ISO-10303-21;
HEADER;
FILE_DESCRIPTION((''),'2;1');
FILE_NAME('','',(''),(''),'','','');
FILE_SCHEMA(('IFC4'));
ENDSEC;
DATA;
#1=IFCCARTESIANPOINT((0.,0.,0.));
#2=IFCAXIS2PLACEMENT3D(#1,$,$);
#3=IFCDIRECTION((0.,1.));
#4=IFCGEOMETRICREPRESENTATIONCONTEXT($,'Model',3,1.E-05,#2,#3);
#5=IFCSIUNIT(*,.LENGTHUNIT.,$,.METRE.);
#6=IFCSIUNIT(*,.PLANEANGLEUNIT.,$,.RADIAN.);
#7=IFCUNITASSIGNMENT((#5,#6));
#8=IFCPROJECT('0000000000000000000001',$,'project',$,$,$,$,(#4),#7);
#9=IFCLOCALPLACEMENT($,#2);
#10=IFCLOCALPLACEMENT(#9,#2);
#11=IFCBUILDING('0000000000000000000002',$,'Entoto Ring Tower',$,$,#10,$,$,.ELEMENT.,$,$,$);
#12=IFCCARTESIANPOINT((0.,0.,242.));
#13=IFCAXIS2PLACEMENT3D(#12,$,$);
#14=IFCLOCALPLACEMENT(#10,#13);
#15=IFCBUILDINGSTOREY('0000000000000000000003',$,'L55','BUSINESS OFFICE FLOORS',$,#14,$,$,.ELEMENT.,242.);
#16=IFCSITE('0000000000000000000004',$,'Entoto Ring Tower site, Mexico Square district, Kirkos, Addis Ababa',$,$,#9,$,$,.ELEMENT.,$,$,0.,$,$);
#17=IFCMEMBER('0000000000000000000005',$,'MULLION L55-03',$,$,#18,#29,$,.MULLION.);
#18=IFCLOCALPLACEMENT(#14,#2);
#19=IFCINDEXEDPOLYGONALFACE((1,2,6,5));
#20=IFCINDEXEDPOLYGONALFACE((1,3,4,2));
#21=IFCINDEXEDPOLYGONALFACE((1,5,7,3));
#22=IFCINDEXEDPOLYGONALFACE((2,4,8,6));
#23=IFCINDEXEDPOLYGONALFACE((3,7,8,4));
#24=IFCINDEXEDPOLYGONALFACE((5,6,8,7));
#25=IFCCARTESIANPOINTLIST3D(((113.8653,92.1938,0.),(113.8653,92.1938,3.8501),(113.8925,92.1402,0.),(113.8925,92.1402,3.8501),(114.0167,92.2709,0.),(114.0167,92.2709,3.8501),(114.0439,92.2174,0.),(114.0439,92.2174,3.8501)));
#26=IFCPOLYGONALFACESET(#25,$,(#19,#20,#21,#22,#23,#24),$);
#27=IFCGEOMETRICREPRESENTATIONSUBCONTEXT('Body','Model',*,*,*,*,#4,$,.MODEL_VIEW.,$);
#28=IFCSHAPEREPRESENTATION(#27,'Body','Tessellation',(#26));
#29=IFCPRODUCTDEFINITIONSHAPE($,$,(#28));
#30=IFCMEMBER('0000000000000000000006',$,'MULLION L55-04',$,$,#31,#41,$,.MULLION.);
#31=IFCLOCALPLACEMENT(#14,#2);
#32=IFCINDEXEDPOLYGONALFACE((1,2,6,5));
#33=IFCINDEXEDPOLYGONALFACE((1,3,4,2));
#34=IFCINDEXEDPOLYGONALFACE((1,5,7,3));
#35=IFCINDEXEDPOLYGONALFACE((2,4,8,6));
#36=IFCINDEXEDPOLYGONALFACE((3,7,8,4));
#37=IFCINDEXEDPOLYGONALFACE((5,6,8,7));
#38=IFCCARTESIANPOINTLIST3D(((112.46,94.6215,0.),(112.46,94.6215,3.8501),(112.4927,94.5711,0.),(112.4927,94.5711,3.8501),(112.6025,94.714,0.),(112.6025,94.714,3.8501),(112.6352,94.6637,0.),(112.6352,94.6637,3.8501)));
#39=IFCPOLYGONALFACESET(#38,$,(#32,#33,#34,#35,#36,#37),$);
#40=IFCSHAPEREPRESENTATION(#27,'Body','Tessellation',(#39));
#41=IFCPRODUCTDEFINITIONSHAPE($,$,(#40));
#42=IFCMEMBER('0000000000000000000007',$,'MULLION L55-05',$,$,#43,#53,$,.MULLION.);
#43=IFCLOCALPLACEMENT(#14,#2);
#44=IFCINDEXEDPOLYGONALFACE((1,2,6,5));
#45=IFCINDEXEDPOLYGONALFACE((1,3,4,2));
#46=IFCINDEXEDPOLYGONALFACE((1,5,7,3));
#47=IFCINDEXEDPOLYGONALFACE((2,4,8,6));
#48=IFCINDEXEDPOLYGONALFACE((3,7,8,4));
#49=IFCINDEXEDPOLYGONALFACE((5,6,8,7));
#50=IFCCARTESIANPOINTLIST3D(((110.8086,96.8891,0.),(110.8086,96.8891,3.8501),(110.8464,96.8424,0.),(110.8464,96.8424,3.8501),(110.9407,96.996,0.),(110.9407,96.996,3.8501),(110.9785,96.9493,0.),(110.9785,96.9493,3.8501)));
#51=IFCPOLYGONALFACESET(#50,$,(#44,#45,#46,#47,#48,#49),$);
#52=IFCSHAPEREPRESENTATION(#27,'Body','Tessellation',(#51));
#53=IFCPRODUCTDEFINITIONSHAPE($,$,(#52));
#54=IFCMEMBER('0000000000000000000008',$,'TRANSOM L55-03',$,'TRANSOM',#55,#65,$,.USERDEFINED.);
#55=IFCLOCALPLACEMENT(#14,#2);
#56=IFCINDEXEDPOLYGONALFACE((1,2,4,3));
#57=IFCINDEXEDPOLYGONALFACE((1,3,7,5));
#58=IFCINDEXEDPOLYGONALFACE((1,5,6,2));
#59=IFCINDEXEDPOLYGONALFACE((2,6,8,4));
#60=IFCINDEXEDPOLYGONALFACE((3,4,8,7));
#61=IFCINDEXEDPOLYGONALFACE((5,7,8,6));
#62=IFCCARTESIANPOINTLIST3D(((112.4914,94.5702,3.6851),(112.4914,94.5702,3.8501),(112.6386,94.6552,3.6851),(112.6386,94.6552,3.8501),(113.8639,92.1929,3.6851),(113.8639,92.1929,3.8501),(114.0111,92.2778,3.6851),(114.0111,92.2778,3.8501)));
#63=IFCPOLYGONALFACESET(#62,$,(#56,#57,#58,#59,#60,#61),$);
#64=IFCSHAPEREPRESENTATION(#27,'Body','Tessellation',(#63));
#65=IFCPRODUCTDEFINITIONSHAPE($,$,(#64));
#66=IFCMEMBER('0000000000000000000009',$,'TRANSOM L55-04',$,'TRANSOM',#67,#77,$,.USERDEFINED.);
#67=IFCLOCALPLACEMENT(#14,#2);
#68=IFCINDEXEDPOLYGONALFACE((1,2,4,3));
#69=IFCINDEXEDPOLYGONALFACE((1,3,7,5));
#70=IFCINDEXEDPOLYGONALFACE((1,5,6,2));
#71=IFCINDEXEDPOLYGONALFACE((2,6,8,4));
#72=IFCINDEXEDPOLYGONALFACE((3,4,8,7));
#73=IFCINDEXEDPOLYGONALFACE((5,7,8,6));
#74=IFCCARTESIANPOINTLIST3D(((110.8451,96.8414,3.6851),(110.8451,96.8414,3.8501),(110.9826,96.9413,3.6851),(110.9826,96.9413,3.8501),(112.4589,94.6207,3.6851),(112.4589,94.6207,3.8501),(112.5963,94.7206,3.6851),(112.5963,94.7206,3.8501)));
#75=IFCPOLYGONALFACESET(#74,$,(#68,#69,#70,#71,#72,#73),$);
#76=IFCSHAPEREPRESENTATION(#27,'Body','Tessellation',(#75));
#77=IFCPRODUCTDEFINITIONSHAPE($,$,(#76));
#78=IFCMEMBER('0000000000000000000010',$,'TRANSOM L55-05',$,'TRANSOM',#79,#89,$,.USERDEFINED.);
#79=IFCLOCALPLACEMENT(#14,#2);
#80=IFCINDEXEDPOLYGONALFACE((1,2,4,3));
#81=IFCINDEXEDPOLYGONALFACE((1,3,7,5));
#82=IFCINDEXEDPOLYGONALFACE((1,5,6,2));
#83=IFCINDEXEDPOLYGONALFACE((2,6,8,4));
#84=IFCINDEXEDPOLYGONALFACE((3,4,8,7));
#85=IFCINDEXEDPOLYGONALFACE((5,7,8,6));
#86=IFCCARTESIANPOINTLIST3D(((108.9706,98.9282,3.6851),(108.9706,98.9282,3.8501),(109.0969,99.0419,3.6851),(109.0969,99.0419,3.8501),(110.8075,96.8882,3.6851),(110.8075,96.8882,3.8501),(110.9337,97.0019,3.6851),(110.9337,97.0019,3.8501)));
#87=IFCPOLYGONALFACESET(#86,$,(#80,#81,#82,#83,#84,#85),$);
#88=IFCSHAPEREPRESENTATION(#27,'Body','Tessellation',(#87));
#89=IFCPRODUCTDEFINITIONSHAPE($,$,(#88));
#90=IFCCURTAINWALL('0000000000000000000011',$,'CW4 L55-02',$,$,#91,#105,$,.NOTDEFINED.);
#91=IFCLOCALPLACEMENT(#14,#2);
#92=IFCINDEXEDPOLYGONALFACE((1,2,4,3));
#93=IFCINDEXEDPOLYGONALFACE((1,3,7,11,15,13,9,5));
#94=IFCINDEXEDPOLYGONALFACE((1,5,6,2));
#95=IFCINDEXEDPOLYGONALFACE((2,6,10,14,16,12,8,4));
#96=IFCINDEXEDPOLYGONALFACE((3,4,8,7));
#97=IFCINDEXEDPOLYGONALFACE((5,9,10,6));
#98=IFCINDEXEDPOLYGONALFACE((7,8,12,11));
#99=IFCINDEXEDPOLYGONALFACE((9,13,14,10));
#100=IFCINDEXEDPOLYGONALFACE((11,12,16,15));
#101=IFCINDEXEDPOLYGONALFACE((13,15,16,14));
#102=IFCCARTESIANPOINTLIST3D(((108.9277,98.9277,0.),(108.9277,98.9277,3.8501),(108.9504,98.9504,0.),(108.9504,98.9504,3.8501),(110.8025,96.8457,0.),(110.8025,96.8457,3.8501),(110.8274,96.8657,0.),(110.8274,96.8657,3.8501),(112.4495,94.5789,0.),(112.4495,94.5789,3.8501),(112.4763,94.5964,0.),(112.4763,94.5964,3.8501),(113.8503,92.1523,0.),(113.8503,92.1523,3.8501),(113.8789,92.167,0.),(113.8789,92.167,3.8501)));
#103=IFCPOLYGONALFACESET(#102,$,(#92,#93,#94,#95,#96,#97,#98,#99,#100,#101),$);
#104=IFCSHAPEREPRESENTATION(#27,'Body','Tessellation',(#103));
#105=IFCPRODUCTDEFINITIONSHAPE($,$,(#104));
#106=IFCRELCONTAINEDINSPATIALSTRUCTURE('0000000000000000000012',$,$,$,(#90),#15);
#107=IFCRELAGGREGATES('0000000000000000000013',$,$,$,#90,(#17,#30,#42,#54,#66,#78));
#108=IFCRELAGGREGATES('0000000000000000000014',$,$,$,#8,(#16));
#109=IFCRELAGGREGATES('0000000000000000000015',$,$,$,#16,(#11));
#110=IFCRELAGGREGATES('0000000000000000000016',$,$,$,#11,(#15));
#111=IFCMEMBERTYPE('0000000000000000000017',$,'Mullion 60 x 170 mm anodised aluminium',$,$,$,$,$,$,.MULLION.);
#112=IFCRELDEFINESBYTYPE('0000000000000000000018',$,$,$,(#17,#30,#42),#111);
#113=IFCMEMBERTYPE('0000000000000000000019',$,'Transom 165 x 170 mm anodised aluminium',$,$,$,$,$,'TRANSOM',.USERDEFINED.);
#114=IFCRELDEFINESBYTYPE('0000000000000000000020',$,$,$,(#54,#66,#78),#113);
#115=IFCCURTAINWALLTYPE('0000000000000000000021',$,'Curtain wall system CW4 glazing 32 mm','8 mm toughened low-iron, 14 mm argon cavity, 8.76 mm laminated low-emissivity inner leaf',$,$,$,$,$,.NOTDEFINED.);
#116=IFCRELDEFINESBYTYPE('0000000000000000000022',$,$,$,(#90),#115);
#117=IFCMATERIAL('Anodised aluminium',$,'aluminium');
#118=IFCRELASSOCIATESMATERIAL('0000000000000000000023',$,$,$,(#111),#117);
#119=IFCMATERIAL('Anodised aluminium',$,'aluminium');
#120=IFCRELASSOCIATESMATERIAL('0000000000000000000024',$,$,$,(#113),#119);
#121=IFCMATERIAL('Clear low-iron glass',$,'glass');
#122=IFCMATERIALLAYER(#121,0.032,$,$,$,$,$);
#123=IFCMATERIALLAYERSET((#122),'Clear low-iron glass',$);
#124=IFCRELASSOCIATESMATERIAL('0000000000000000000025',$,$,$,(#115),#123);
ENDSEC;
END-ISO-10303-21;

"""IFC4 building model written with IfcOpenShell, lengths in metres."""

from ifc_helpers import new_model, si_unit, direction, frame, origin, origin_2d, place, context, subcontext, project, spatial, polyline, rectangle, outline, extrude, material, layer, layer_set, material_profile, profile_set, type_object, element, aggregate, save


model = new_model("IFC4")

# Units and contexts
model_context = context("Model", 3, precision=1e-05, world=origin(), true_north=direction((0.0, 1.0)))
body_context = subcontext(model_context, "Body", "Model", "MODEL_VIEW")
ifc_project = project(units=[si_unit("LENGTHUNIT", "METRE"), si_unit("PLANEANGLEUNIT", "RADIAN")], contexts=[model_context])

# Members
ifc_material_1 = material(Name="Anodised aluminium", Category="aluminium")
ifc_material_profile_1 = material_profile(ifc_material_1, rectangle(XDim=0.0601, YDim=0.1699, at=origin_2d()), Name="Mullion 60 x 170 mm anodised aluminium")
ifc_profile_set_1 = profile_set([ifc_material_profile_1], Name="Anodised aluminium")
member_type_1 = type_object("IfcMemberType", Name="Mullion 60 x 170 mm anodised aluminium", PredefinedType="MULLION", material=ifc_profile_set_1)
site_placement = place(None, origin())
building_placement = place(site_placement, origin())
storey_placement = place(building_placement, frame((0.0, 0.0, 242.0)))
member_1_placement = place(storey_placement, frame((113.9546, 92.2056, 0.0), z_axis=(0.0, 0.0, 1.0), x_axis=(-0.45399, 0.891007, 0.0)))
member_1 = element("IfcMember", 1, at=member_1_placement, type_object=member_type_1, Name="MULLION L55-03", PredefinedType="MULLION", context=body_context, shape_type="SweptSolid", body=[
    extrude(rectangle(XDim=0.0601, YDim=0.1699, at=origin_2d()), origin(), (0.0, 0.0, 1.0), 3.8501),
])
member_2_placement = place(storey_placement, frame((112.5476, 94.6426, 0.0), z_axis=(0.0, 0.0, 1.0), x_axis=(-0.544639, 0.838671, 0.0)))
member_2 = element("IfcMember", 2, at=member_2_placement, type_object=member_type_1, Name="MULLION L55-04", PredefinedType="MULLION", context=body_context, shape_type="SweptSolid", body=[
    extrude(rectangle(XDim=0.0601, YDim=0.1699, at=origin_2d()), origin(), (0.0, 0.0, 1.0), 3.8501),
])
member_3_placement = place(storey_placement, frame((110.8936, 96.9192, 0.0), z_axis=(0.0, 0.0, 1.0), x_axis=(-0.62932, 0.777146, 0.0)))
member_3 = element("IfcMember", 3, at=member_3_placement, type_object=member_type_1, Name="MULLION L55-05", PredefinedType="MULLION", context=body_context, shape_type="SweptSolid", body=[
    extrude(rectangle(XDim=0.0601, YDim=0.1699, at=origin_2d()), origin(), (0.0, 0.0, 1.0), 3.8501),
])
ifc_material_2 = material(Name="Anodised aluminium", Category="aluminium")
ifc_material_profile_2 = material_profile(ifc_material_2, rectangle(XDim=0.1699, YDim=0.165, at=origin_2d()), Name="Transom 165 x 170 mm anodised aluminium")
ifc_profile_set_2 = profile_set([ifc_material_profile_2], Name="Anodised aluminium")
member_type_2 = type_object("IfcMemberType", Name="Transom 165 x 170 mm anodised aluminium", ElementType="TRANSOM", PredefinedType="USERDEFINED", material=ifc_profile_set_2)
member_4_placement = place(storey_placement, frame((113.9375, 92.2354, 3.7676), z_axis=(-0.499984, 0.866035, 0.0), x_axis=(-0.866035, -0.499984, 0.0)))
member_4 = element("IfcMember", 4, at=member_4_placement, type_object=member_type_2, Name="TRANSOM L55-03", ObjectType="TRANSOM", PredefinedType="USERDEFINED", context=body_context, shape_type="SweptSolid", body=[
    extrude(rectangle(XDim=0.1699, YDim=0.165, at=origin_2d()), origin(), (0.0, 0.0, 1.0), 2.7451),
])
member_5_placement = place(storey_placement, frame((112.5276, 94.6707, 3.7676), z_axis=(-0.587865, 0.808959, 0.0), x_axis=(-0.808959, -0.587865, 0.0)))
member_5 = element("IfcMember", 5, at=member_5_placement, type_object=member_type_2, Name="TRANSOM L55-04", ObjectType="TRANSOM", PredefinedType="USERDEFINED", context=body_context, shape_type="SweptSolid", body=[
    extrude(rectangle(XDim=0.1699, YDim=0.165, at=origin_2d()), origin(), (0.0, 0.0, 1.0), 2.7451),
])
member_6_placement = place(storey_placement, frame((110.8706, 96.9451, 3.7676), z_axis=(-0.669142, 0.743135, 0.0), x_axis=(-0.743135, -0.669142, 0.0)))
member_6 = element("IfcMember", 6, at=member_6_placement, type_object=member_type_2, Name="TRANSOM L55-05", ObjectType="TRANSOM", PredefinedType="USERDEFINED", context=body_context, shape_type="SweptSolid", body=[
    extrude(rectangle(XDim=0.1699, YDim=0.165, at=origin_2d()), origin(), (0.0, 0.0, 1.0), 2.7451),
])

# Site, building, storey
site = spatial("IfcSite", under=ifc_project, at=site_placement, Name="Entoto Ring Tower site, Mexico Square district, Kirkos, Addis Ababa", CompositionType="ELEMENT", RefElevation=0.0)
building = spatial("IfcBuilding", under=site, at=building_placement, Name="Entoto Ring Tower", CompositionType="ELEMENT")
storey = spatial("IfcBuildingStorey", under=building, at=storey_placement, Name="L55", Description="BUSINESS OFFICE FLOORS", CompositionType="ELEMENT", Elevation=242.0)

# Curtain wall
ifc_material_3 = material(Name="Clear low-iron glass", Category="glass")
ifc_layer_1 = layer(ifc_material_3, 0.032)
ifc_layer_set_1 = layer_set([ifc_layer_1], Name="Clear low-iron glass")
curtain_wall_type = type_object("IfcCurtainWallType", Name="Curtain wall system CW4 glazing 32 mm", Description="8 mm toughened low-iron, 14 mm argon cavity, 8.76 mm laminated low-emissivity inner leaf", PredefinedType="NOTDEFINED", material=ifc_layer_set_1)
curtain_wall_1_placement = place(storey_placement, origin())
curtain_wall_1 = element("IfcCurtainWall", 7, at=curtain_wall_1_placement, inside=storey, type_object=curtain_wall_type, Name="CW4 L55-02", PredefinedType="NOTDEFINED", context=body_context, shape_type="SweptSolid", body=[
    extrude(outline(polyline([(113.8789, 92.167), (112.4763, 94.5964), (110.8274, 96.8657), (108.9504, 98.9504), (108.9277, 98.9277), (110.8025, 96.8457), (112.4495, 94.5789), (113.8503, 92.1523), (113.8789, 92.167)])), origin(), (0.0, 0.0, 1.0), 3.8501),
])
aggregate(curtain_wall_1, [member_1, member_2, member_3, member_4, member_5, member_6])

save(model, "model.ifc")
